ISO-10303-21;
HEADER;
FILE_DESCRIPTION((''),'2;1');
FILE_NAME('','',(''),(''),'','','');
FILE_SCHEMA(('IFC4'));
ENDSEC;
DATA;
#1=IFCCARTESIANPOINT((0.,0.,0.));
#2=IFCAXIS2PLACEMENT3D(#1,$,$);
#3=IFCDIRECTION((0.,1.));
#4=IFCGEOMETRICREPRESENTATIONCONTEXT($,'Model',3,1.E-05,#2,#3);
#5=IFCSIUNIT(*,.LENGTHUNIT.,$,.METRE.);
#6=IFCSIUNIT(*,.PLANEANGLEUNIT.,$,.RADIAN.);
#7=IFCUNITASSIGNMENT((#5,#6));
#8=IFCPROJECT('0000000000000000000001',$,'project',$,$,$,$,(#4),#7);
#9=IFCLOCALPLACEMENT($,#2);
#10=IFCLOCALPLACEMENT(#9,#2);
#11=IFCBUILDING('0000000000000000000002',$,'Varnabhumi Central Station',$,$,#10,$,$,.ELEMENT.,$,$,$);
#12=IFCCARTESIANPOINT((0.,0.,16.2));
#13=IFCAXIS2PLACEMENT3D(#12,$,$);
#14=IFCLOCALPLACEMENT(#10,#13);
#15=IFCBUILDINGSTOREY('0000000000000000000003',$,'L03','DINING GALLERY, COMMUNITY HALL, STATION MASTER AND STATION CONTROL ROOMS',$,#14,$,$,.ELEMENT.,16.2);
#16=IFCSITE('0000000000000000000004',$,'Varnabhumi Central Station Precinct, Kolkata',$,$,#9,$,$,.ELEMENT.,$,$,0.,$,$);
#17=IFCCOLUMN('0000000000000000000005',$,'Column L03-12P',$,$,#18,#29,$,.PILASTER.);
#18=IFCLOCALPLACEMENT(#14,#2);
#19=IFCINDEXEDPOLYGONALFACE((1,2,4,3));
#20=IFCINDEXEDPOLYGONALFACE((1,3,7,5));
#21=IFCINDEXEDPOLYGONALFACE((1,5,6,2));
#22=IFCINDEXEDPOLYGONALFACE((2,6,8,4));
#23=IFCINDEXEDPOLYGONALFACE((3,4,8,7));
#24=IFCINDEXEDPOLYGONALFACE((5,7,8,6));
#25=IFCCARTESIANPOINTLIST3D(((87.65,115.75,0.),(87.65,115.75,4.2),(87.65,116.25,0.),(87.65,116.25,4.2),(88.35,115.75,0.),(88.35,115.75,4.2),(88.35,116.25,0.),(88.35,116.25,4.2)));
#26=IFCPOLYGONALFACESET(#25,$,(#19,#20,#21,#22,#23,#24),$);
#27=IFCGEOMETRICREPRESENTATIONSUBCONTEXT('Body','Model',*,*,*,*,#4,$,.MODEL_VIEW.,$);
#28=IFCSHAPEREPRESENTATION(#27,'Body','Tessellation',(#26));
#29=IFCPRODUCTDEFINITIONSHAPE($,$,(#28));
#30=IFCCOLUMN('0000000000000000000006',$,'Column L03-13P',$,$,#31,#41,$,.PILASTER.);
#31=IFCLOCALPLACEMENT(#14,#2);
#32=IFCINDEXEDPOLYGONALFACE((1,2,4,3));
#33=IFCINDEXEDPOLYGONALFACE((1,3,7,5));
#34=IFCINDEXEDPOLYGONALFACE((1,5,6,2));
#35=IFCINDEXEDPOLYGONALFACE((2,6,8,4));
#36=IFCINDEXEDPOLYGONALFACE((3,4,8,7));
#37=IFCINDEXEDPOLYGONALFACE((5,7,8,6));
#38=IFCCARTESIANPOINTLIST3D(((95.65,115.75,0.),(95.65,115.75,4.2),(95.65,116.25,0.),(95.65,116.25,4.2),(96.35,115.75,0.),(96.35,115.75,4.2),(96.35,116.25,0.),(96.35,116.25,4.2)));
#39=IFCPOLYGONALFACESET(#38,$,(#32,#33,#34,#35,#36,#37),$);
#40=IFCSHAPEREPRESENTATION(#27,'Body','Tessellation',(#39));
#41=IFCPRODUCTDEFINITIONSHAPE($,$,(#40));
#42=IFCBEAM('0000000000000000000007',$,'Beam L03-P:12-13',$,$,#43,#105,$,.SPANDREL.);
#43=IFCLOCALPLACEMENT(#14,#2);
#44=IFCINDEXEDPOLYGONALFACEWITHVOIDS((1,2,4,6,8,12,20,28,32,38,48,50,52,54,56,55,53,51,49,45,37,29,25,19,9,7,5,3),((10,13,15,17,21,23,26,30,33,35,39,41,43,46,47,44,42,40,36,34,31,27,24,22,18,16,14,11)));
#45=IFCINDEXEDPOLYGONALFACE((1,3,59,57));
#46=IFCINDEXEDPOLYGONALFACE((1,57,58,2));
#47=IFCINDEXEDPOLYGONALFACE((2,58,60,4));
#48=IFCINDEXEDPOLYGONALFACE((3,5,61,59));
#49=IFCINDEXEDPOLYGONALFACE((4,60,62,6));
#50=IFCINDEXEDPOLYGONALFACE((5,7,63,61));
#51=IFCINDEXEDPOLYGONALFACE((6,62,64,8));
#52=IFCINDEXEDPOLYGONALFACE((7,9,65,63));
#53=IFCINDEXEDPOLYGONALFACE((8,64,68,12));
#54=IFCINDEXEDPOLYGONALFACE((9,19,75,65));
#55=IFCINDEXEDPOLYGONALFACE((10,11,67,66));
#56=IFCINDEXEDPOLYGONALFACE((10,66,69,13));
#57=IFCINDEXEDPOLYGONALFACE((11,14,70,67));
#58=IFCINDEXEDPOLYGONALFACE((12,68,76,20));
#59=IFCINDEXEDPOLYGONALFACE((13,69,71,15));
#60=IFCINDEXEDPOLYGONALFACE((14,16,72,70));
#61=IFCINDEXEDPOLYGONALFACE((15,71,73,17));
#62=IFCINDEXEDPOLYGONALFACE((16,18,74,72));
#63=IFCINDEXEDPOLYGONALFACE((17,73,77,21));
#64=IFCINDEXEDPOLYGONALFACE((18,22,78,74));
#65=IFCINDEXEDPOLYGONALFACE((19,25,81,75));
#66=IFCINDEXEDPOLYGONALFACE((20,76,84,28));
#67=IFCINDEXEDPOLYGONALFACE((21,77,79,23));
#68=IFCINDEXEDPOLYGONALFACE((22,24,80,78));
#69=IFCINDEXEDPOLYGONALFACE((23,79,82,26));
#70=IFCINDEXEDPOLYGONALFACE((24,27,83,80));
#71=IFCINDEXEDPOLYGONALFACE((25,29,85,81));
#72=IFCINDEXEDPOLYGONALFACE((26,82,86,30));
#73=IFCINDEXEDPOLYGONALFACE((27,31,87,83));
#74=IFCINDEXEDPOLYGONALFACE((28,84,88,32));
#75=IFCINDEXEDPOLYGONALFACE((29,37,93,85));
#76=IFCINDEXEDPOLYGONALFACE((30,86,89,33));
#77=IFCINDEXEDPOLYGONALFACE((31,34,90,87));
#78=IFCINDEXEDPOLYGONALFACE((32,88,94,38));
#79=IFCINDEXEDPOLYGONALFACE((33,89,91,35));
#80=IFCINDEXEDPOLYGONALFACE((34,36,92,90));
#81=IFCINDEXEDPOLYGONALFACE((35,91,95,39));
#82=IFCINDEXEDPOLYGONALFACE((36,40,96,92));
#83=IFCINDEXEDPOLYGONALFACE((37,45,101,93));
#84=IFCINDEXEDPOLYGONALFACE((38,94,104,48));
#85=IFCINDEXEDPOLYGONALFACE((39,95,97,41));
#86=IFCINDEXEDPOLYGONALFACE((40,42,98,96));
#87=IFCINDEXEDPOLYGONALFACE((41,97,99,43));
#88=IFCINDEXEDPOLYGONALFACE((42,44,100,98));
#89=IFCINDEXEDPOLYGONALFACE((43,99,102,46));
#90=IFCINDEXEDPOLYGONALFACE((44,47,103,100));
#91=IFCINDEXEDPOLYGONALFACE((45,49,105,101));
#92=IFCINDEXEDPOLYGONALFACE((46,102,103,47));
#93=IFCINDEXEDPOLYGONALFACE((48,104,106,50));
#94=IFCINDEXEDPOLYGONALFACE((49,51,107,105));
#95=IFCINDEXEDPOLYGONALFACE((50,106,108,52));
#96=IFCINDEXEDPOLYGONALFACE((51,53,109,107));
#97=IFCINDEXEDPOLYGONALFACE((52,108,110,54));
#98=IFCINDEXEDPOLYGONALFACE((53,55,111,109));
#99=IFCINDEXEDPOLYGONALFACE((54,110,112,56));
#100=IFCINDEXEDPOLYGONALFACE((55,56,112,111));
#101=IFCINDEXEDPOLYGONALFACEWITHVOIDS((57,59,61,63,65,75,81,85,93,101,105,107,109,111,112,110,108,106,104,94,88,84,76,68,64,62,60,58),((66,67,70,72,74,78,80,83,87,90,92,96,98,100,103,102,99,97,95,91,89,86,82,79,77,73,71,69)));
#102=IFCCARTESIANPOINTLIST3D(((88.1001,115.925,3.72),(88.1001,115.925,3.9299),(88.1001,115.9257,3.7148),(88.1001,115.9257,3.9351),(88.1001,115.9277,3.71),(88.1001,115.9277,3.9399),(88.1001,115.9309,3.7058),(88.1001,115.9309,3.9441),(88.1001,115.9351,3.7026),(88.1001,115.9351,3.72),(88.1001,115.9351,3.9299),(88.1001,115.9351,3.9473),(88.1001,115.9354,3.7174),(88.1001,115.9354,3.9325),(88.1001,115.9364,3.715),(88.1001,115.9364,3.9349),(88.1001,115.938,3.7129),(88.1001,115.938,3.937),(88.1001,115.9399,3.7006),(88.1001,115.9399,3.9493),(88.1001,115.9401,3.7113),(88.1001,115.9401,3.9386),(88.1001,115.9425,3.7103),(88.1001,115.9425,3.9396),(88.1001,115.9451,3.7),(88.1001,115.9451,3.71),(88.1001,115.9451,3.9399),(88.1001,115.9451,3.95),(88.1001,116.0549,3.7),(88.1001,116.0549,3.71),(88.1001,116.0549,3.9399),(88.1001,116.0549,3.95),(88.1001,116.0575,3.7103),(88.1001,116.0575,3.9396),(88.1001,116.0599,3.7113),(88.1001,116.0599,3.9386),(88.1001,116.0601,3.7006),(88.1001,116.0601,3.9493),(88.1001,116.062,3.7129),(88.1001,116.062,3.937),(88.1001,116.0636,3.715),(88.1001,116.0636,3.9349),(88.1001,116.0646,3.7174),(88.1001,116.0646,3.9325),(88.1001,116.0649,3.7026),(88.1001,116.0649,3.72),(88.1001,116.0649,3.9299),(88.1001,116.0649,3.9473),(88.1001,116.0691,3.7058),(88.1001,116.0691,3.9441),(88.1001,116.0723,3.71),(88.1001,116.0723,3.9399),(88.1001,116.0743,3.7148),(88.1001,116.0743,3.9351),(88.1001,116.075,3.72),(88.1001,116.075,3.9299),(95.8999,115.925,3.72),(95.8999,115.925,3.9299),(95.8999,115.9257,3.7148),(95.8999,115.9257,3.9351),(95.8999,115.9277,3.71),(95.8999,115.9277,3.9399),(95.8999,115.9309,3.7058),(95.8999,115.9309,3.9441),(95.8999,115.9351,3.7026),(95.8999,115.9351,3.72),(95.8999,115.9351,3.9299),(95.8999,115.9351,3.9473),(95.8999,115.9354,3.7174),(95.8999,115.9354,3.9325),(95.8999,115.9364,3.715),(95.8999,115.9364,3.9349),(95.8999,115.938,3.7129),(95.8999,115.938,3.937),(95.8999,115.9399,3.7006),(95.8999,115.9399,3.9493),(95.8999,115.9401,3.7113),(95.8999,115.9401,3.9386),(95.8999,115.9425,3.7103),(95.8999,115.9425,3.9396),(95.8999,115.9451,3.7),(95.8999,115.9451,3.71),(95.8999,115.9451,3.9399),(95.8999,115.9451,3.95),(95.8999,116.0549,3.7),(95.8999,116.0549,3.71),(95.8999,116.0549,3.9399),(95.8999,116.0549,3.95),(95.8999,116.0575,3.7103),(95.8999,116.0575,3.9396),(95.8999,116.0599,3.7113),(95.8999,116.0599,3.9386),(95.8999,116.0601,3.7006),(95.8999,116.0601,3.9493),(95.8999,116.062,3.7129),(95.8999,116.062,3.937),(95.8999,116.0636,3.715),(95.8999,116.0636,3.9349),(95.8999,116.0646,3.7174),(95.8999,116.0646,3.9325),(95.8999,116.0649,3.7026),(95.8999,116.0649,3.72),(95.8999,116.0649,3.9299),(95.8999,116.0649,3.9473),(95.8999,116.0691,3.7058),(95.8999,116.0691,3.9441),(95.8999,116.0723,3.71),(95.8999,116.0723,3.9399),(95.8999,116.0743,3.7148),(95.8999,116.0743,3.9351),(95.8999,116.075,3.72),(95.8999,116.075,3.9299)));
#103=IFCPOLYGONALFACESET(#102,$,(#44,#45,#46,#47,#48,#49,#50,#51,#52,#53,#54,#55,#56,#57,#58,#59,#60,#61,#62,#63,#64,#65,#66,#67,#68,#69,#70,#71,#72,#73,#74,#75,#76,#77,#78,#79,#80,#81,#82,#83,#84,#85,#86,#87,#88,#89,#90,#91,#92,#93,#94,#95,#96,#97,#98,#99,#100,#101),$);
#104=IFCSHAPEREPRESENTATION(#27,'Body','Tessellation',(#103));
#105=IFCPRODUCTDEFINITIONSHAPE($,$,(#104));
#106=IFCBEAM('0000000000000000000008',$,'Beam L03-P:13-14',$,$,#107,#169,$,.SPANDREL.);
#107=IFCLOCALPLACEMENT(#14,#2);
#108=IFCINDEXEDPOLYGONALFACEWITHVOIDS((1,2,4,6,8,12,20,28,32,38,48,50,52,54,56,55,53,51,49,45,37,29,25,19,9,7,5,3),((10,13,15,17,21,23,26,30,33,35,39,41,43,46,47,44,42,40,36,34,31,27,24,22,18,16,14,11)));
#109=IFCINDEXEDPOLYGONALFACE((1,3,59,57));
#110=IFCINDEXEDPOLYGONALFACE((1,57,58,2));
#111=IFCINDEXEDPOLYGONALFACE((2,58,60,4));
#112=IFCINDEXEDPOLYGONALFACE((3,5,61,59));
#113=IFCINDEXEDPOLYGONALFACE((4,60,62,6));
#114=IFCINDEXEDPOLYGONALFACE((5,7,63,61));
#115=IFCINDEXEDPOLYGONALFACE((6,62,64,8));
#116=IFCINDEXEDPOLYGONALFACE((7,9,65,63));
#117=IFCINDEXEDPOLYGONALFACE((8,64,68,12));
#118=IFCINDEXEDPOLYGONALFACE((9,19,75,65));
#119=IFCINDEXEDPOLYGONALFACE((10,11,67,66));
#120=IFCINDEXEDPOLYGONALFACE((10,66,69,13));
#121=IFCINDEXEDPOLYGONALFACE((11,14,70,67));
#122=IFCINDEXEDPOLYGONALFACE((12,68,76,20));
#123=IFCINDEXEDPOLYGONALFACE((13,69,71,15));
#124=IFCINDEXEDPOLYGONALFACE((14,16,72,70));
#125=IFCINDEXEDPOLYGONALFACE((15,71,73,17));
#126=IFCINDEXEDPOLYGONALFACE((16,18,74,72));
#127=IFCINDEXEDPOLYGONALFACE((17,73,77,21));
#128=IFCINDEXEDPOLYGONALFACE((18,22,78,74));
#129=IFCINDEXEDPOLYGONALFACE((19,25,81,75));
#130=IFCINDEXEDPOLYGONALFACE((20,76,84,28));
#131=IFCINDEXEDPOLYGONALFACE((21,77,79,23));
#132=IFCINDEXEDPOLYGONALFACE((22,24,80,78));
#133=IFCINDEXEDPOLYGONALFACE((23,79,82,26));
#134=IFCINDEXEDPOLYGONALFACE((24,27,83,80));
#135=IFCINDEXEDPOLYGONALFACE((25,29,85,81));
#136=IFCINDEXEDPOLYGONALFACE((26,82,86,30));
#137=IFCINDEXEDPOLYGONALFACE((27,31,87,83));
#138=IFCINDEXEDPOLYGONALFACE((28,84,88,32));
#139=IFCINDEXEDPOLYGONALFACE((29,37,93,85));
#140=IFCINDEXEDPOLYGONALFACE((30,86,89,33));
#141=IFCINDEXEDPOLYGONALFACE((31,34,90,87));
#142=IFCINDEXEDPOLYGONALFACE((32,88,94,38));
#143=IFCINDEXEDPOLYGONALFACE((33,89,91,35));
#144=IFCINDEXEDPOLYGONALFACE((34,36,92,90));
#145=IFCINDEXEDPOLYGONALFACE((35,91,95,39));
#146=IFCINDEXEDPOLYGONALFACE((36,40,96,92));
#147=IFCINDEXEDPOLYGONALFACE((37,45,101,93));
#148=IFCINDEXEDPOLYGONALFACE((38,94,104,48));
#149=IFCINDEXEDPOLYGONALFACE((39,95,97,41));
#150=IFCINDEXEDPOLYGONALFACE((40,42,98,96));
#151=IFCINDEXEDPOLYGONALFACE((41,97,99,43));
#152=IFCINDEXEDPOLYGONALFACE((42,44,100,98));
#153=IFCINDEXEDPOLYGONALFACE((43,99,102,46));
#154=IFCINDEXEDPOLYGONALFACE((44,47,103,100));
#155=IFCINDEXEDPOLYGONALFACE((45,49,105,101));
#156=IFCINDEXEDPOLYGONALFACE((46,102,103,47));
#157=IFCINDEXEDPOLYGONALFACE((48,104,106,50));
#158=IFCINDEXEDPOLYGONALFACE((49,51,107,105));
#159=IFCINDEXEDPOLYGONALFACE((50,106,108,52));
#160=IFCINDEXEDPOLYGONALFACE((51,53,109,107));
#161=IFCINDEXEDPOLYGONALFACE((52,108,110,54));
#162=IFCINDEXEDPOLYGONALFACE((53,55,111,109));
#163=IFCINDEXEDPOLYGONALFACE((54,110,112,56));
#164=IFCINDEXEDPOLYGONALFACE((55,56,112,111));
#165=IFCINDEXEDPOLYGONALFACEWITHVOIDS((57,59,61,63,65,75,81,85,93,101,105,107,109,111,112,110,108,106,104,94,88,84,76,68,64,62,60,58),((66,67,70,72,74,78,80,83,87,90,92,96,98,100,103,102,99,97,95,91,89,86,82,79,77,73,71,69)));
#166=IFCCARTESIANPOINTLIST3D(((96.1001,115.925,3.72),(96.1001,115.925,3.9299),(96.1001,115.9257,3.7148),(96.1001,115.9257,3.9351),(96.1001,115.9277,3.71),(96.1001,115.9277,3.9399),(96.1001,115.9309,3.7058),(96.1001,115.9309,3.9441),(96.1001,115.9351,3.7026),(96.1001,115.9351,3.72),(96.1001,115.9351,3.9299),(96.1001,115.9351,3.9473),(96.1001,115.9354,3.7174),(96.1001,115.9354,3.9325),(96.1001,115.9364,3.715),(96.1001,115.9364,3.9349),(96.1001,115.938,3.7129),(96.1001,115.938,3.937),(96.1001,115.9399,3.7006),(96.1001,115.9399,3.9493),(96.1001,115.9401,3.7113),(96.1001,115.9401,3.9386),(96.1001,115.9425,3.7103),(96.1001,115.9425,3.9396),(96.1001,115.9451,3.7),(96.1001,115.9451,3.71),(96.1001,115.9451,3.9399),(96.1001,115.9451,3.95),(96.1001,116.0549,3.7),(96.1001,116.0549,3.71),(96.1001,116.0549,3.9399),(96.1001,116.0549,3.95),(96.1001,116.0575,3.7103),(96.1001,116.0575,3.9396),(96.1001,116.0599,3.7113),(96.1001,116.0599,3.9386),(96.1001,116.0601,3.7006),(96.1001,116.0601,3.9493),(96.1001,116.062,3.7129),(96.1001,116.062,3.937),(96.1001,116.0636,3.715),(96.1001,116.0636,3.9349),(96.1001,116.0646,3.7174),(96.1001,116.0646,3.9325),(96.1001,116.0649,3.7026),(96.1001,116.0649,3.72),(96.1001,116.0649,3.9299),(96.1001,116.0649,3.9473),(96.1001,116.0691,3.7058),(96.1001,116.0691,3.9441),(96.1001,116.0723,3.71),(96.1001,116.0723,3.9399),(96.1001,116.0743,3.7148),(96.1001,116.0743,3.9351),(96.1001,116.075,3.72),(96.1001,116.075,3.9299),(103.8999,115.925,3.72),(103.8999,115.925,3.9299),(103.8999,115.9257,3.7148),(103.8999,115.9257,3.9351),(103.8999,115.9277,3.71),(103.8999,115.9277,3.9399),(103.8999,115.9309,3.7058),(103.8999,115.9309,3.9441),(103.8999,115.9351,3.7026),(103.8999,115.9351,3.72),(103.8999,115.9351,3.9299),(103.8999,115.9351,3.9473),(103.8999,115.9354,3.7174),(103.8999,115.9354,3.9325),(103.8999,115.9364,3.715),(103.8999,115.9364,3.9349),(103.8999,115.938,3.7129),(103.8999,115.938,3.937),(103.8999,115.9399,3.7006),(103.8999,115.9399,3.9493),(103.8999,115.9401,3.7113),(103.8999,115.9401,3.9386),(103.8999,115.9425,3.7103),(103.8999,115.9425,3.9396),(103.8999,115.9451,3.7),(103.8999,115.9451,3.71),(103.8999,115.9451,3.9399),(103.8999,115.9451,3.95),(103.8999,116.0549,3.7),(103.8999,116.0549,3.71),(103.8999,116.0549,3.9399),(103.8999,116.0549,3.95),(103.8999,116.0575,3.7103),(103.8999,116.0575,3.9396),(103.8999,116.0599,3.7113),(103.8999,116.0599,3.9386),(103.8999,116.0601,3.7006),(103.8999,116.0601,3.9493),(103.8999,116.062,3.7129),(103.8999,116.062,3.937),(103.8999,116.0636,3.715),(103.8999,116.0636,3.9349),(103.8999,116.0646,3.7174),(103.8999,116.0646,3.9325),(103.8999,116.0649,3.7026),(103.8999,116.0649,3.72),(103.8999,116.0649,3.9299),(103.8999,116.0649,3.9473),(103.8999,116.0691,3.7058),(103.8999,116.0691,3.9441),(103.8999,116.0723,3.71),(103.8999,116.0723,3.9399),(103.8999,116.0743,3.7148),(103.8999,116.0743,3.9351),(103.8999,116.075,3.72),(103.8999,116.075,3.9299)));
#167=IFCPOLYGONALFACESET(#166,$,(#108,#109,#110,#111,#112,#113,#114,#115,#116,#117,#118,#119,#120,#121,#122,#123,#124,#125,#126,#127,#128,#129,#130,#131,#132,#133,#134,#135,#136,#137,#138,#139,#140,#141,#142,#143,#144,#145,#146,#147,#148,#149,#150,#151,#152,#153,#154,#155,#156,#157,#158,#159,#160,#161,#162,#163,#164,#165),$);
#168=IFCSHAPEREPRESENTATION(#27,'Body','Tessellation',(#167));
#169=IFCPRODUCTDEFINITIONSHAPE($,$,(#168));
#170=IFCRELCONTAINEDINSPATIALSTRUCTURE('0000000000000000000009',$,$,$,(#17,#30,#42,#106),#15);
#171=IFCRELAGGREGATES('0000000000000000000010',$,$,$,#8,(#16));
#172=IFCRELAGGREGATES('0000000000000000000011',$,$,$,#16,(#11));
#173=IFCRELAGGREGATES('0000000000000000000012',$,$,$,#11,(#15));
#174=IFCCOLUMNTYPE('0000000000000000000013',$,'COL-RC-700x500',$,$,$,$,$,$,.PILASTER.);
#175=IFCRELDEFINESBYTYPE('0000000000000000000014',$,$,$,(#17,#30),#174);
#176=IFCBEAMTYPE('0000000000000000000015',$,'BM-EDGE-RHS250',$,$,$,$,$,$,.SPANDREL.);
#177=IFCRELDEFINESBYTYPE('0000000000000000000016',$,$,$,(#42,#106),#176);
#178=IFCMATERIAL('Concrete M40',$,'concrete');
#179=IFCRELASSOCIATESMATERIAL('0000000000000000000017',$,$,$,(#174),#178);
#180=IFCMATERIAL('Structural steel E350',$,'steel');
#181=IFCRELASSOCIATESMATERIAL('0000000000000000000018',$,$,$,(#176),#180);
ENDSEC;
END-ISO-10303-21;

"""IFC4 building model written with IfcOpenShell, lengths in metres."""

from ifc_helpers import new_model, si_unit, direction, frame, origin, origin_2d, place, context, subcontext, project, spatial, rectangle, hollow_rectangle, extrude, material, material_profile, profile_set, type_object, element, save


model = new_model("IFC4")

# Units and contexts
model_context = context("Model", 3, precision=1e-05, world=origin(), true_north=direction((0.0, 1.0)))
body_context = subcontext(model_context, "Body", "Model", "MODEL_VIEW")
ifc_project = project(units=[si_unit("LENGTHUNIT", "METRE"), si_unit("PLANEANGLEUNIT", "RADIAN")], contexts=[model_context])

# Site, building, storey
site_placement = place(None, origin())
site = spatial("IfcSite", under=ifc_project, at=site_placement, Name="Varnabhumi Central Station Precinct, Kolkata", CompositionType="ELEMENT", RefElevation=0.0)
building_placement = place(site_placement, origin())
building = spatial("IfcBuilding", under=site, at=building_placement, Name="Varnabhumi Central Station", CompositionType="ELEMENT")
storey_placement = place(building_placement, frame((0.0, 0.0, 16.2)))
storey = spatial("IfcBuildingStorey", under=building, at=storey_placement, Name="L03", Description="DINING GALLERY, COMMUNITY HALL, STATION MASTER AND STATION CONTROL ROOMS", CompositionType="ELEMENT", Elevation=16.2)

# Columns
ifc_material_1 = material(Name="Concrete M40", Category="concrete")
ifc_material_profile_1 = material_profile(ifc_material_1, rectangle(XDim=0.7, YDim=0.5, at=origin_2d()), Name="Concrete M40", Category="concrete")
ifc_profile_set_1 = profile_set([ifc_material_profile_1], Name="Concrete M40")
column_type = type_object("IfcColumnType", Name="COL-RC-700x500", PredefinedType="PILASTER", material=ifc_profile_set_1)
for number, where, z_axis, x_axis, name in (
    (1, (88.0, 116.0, 0.0), (0.0, 0.0, 1.0), (1.0, 0.0, 0.0), "Column L03-12P"),
    (2, (96.0, 116.0, 0.0), (0.0, 0.0, 1.0), (1.0, 0.0, 0.0), "Column L03-13P"),
):
    element("IfcColumn", number, at=place(storey_placement, frame(where, z_axis=z_axis, x_axis=x_axis)), inside=storey, type_object=column_type, Name=name, PredefinedType="PILASTER", context=body_context, shape_type="SweptSolid", body=[
        extrude(rectangle(XDim=0.7, YDim=0.5, at=origin_2d()), origin(), (0.0, 0.0, 1.0), 4.2),
    ])

# Beams
ifc_material_2 = material(Name="Structural steel E350", Category="steel")
ifc_material_profile_2 = material_profile(ifc_material_2, hollow_rectangle(XDim=0.1499, YDim=0.25, WallThickness=0.01, InnerFilletRadius=0.01, OuterFilletRadius=0.02, at=origin_2d()), Name="Structural steel E350", Category="steel")
ifc_profile_set_2 = profile_set([ifc_material_profile_2], Name="Structural steel E350")
beam_type = type_object("IfcBeamType", Name="BM-EDGE-RHS250", PredefinedType="SPANDREL", material=ifc_profile_set_2)
for number, where, z_axis, x_axis, name in (
    (3, (88.1001, 116.0, 3.825), (1.0, 0.0, 0.0), (0.0, 1.0, 0.0), "Beam L03-P:12-13"),
    (4, (96.1001, 116.0, 3.825), (1.0, 0.0, 0.0), (0.0, 1.0, 0.0), "Beam L03-P:13-14"),
):
    element("IfcBeam", number, at=place(storey_placement, frame(where, z_axis=z_axis, x_axis=x_axis)), inside=storey, type_object=beam_type, Name=name, PredefinedType="SPANDREL", context=body_context, shape_type="SweptSolid", body=[
        extrude(hollow_rectangle(XDim=0.1499, YDim=0.25, WallThickness=0.01, InnerFilletRadius=0.01, OuterFilletRadius=0.02, at=origin_2d()), origin(), (0.0, 0.0, 1.0), 7.7998),
    ])

save(model, "model.ifc")
